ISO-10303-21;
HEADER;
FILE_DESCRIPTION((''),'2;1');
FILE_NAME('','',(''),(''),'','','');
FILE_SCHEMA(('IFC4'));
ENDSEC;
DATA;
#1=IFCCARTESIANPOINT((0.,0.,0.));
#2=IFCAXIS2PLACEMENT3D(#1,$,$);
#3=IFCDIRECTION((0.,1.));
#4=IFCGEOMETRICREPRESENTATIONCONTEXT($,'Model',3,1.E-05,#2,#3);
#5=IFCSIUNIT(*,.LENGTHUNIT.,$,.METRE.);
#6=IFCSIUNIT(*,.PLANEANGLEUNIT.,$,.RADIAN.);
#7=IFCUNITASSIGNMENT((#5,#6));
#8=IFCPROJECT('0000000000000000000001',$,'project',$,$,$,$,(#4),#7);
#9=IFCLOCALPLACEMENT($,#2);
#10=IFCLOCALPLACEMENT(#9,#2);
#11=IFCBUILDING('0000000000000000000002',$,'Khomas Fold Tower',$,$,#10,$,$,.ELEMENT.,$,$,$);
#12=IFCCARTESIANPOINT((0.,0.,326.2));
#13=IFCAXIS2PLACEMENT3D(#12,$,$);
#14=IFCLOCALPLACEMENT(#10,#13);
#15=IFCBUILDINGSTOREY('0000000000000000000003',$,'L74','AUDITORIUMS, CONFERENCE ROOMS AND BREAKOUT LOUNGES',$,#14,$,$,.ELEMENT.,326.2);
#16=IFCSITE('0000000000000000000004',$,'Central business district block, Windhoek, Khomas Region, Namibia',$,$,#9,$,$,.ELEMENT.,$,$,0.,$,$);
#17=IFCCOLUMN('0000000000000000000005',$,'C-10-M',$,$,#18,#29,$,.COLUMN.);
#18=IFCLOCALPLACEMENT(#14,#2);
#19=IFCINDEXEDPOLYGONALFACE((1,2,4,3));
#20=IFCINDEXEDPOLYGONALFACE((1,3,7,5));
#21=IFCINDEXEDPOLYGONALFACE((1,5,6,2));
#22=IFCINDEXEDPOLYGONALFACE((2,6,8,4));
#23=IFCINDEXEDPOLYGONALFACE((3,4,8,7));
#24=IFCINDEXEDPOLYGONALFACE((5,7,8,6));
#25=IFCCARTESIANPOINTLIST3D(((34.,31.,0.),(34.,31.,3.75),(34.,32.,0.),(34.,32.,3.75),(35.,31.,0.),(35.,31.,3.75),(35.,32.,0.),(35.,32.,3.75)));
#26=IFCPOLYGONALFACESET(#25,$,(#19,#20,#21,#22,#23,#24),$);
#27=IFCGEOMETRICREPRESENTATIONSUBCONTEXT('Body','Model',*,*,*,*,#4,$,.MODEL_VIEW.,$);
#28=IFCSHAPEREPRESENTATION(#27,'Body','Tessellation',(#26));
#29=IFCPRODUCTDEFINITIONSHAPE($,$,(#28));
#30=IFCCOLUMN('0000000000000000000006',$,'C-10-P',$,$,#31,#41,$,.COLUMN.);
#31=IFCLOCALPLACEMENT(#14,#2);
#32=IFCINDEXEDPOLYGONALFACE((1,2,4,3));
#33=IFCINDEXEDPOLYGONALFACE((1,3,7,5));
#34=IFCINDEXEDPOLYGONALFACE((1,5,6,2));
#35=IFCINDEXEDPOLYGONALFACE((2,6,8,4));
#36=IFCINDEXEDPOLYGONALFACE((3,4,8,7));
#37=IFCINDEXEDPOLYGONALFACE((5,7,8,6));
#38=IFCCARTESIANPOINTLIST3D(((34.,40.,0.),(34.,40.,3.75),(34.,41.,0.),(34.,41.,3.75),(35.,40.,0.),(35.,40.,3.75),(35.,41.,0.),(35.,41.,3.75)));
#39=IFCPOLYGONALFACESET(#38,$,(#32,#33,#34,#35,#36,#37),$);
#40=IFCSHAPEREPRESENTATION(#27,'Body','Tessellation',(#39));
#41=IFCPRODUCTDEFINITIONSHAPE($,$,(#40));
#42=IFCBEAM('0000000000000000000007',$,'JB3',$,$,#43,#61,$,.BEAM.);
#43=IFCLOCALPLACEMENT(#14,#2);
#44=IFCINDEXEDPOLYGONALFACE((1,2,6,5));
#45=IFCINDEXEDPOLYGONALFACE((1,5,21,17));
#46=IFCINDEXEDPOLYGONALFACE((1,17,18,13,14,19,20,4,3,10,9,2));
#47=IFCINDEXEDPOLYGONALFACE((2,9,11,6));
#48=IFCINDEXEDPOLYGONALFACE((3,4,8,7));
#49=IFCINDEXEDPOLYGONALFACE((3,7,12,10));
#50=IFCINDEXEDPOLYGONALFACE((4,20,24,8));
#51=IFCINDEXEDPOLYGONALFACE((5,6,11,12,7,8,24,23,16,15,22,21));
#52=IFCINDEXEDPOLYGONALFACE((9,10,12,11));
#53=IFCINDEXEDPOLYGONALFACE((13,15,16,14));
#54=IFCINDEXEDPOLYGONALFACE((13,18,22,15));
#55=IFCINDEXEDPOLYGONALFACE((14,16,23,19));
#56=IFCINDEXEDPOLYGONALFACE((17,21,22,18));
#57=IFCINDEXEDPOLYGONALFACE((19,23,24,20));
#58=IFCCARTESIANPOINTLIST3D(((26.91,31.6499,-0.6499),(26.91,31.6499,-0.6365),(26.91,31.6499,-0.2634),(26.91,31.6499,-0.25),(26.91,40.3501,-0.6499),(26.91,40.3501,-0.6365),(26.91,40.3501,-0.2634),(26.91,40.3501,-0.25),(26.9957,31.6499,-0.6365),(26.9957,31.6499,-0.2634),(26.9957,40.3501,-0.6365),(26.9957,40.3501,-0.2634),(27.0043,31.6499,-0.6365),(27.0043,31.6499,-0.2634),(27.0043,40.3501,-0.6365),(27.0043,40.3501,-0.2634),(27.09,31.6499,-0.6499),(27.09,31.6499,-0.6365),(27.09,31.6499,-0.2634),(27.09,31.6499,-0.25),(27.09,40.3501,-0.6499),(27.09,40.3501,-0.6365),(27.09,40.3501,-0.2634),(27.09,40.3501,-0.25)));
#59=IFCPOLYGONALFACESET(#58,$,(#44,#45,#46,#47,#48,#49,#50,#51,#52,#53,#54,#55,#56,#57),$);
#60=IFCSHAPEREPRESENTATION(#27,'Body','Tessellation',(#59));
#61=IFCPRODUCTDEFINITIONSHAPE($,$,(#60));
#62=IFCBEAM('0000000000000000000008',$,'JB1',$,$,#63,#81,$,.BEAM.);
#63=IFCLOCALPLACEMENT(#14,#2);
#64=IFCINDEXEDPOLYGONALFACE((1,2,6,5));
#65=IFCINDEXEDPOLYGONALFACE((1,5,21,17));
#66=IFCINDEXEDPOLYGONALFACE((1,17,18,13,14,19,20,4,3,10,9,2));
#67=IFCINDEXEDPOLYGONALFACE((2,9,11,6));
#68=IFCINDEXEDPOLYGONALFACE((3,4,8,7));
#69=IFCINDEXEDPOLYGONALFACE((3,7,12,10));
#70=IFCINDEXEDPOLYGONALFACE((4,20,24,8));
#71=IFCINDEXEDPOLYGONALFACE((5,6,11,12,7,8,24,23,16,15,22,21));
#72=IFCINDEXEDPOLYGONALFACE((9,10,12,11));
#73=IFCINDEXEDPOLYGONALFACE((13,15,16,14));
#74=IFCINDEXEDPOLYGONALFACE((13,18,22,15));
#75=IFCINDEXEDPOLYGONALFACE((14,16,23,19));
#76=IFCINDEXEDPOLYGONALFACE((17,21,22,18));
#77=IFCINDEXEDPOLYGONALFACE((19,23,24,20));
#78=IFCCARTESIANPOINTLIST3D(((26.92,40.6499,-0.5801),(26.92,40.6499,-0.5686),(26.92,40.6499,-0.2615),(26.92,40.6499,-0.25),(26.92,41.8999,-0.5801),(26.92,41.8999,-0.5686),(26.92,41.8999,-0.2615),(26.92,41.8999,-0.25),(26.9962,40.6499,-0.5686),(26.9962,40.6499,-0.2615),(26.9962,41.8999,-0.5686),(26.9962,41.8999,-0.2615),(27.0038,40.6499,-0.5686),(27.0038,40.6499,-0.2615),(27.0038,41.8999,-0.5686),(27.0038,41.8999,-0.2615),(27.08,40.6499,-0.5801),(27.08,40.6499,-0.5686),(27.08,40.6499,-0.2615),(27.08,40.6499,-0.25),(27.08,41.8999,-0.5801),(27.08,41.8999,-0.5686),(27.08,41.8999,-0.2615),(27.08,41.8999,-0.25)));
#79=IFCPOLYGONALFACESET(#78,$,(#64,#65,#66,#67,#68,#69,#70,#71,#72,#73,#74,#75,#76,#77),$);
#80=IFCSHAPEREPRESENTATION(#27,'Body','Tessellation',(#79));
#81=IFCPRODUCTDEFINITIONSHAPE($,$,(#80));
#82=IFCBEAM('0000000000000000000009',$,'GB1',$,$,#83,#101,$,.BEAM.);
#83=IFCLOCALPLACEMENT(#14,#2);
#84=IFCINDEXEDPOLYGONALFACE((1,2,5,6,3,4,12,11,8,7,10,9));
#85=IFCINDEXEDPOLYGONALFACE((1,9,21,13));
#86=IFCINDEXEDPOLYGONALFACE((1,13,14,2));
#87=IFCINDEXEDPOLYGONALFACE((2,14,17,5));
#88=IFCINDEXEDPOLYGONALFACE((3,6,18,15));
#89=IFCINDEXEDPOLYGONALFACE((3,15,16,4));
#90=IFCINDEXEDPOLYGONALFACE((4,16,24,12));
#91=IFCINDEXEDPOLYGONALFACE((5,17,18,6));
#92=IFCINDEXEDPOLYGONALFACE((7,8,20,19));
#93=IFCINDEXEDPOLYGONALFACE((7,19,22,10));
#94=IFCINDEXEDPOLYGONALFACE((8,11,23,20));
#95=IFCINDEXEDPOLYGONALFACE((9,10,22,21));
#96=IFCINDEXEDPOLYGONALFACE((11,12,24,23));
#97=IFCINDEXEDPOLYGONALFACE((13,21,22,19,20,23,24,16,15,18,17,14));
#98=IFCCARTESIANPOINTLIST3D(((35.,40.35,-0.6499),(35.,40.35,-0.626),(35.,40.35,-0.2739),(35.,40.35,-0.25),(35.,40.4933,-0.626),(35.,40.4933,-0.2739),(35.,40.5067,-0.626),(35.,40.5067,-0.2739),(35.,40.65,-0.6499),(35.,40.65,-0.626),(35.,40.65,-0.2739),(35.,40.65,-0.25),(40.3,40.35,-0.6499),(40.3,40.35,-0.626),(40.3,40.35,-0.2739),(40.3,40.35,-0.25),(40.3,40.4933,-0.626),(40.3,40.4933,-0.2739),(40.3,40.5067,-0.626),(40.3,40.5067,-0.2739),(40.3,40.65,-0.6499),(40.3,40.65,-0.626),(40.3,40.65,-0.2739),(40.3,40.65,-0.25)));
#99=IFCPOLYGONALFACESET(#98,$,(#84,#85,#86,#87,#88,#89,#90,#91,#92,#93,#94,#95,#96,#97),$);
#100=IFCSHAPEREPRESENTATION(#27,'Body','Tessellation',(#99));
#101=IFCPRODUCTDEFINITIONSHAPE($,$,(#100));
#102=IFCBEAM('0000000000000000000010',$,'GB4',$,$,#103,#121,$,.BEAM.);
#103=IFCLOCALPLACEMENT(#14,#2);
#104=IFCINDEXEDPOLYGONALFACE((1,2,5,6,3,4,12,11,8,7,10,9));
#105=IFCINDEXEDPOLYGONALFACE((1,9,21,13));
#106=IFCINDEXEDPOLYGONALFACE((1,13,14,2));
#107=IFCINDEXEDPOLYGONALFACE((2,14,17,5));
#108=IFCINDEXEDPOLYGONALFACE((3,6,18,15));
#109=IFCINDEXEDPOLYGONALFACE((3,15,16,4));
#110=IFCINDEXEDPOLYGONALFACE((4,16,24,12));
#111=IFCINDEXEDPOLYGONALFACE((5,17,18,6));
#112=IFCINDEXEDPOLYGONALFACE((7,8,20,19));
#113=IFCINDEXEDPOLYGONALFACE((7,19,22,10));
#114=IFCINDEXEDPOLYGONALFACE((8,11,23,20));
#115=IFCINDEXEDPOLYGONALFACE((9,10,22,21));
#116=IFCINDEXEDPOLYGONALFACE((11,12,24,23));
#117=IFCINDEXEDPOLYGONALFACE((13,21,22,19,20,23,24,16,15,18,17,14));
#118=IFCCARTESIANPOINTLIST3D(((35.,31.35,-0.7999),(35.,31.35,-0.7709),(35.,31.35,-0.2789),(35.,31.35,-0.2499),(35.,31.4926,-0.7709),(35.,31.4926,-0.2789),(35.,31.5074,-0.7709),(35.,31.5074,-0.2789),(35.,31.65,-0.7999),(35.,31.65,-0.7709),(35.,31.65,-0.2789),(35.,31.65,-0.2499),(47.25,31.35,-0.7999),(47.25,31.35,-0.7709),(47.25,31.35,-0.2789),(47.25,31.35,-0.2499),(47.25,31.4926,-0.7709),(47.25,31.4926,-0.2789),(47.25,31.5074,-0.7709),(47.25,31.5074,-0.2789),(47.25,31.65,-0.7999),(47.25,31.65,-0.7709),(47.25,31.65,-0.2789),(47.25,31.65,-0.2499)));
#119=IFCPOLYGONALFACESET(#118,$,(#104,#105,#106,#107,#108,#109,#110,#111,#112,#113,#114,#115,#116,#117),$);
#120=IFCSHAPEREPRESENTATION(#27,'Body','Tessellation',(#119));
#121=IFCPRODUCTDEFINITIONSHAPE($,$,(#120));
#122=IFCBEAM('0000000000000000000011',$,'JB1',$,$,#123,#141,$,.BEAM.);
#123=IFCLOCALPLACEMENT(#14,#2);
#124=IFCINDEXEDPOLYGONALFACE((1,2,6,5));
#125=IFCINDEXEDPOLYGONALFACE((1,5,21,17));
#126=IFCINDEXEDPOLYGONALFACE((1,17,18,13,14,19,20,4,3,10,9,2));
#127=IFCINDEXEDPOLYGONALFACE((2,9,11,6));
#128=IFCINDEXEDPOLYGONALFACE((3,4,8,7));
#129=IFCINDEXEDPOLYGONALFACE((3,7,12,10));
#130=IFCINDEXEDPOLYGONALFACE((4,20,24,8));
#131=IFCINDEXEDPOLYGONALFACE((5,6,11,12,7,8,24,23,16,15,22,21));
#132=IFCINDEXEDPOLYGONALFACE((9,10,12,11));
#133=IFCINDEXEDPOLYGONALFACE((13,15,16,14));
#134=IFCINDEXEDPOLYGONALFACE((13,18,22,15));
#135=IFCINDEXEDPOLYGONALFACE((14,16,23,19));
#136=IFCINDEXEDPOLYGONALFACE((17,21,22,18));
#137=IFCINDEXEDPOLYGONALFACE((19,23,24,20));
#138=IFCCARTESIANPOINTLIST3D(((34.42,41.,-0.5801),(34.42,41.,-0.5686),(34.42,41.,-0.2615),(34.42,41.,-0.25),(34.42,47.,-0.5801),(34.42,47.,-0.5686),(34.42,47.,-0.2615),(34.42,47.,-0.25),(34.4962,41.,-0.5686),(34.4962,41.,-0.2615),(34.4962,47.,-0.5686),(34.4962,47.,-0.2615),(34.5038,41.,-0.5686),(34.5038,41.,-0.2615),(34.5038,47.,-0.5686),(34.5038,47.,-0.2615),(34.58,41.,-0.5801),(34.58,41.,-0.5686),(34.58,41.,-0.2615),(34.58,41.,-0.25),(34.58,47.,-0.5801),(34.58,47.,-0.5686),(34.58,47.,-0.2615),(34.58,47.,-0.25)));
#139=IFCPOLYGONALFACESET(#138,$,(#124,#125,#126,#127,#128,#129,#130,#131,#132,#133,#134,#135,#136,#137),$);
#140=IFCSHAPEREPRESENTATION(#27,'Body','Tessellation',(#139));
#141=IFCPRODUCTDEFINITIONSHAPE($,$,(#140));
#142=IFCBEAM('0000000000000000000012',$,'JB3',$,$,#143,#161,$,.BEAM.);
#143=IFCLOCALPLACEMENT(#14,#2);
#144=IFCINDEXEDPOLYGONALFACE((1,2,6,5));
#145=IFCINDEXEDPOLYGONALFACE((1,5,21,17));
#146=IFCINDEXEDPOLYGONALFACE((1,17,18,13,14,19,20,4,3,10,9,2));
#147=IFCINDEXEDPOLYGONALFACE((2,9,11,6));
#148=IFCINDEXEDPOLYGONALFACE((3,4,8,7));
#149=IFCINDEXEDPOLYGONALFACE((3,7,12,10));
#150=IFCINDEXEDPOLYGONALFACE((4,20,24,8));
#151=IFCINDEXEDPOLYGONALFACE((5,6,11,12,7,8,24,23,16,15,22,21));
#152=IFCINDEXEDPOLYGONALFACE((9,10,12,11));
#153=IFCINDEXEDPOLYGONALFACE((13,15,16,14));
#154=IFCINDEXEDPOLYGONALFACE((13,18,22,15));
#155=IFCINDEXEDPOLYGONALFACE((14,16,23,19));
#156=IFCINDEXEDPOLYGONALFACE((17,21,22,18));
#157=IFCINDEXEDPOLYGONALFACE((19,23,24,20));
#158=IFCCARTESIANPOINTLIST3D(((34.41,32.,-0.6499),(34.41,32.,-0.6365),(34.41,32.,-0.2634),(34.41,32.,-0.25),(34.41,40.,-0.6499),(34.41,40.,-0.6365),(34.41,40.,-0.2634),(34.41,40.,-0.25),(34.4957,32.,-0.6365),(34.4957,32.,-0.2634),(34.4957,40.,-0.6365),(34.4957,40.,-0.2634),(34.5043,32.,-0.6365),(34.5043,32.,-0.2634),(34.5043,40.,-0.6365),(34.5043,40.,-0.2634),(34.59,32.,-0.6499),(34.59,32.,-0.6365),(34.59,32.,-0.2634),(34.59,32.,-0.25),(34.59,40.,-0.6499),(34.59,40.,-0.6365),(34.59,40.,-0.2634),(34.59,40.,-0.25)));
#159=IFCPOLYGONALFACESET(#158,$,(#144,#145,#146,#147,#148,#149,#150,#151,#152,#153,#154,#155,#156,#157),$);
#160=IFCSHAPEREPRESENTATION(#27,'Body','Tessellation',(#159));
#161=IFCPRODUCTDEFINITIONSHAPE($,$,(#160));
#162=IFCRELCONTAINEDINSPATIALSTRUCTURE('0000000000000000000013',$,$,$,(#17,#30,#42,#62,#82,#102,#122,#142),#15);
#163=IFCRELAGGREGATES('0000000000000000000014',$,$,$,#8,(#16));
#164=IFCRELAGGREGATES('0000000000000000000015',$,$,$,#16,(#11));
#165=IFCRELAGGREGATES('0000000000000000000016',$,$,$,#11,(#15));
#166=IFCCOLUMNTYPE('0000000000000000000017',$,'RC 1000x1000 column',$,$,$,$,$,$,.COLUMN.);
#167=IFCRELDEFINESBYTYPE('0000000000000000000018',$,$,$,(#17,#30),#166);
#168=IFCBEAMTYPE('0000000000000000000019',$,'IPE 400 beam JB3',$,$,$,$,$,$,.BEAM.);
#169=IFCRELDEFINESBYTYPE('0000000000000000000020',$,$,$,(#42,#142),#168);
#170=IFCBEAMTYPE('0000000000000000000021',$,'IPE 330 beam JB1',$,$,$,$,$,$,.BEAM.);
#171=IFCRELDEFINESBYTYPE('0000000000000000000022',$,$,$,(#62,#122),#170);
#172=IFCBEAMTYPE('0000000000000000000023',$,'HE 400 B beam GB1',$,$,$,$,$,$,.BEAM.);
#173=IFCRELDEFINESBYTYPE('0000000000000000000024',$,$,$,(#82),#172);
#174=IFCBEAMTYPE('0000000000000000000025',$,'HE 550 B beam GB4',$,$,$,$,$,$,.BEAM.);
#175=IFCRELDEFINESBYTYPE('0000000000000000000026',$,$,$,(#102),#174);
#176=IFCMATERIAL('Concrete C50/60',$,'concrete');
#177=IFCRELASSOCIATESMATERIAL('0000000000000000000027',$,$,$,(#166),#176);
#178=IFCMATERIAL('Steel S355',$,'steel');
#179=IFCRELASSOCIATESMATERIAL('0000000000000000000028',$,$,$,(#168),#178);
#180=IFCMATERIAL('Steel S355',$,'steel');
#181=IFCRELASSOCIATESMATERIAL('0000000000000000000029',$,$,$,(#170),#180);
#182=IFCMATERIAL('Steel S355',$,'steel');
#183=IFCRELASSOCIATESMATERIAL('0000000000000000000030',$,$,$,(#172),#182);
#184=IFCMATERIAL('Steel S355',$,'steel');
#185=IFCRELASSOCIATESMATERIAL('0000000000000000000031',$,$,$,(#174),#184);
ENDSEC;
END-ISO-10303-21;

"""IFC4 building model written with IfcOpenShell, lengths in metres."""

from ifc_helpers import new_model, si_unit, direction, frame, origin, origin_2d, place, context, subcontext, project, spatial, rectangle, i_section, extrude, source, transform, mapped, material, material_profile, profile_set, type_object, element, save


model = new_model("IFC4")

# Units and contexts
model_context = context("Model", 3, precision=1e-05, world=origin(), true_north=direction((0.0, 1.0)))
body_context = subcontext(model_context, "Body", "Model", "MODEL_VIEW")
ifc_project = project(units=[si_unit("LENGTHUNIT", "METRE"), si_unit("PLANEANGLEUNIT", "RADIAN")], contexts=[model_context])

# Site, building, storey
site_placement = place(None, origin())
site = spatial("IfcSite", under=ifc_project, at=site_placement, Name="Central business district block, Windhoek, Khomas Region, Namibia", CompositionType="ELEMENT", RefElevation=0.0)
building_placement = place(site_placement, origin())
building = spatial("IfcBuilding", under=site, at=building_placement, Name="Khomas Fold Tower", CompositionType="ELEMENT")
storey_placement = place(building_placement, frame((0.0, 0.0, 326.2)))
storey = spatial("IfcBuildingStorey", under=building, at=storey_placement, Name="L74", Description="AUDITORIUMS, CONFERENCE ROOMS AND BREAKOUT LOUNGES", CompositionType="ELEMENT", Elevation=326.2)

# Columns
ifc_material_1 = material(Name="Concrete C50/60", Category="concrete")
ifc_material_profile_1 = material_profile(ifc_material_1, rectangle(XDim=1.0, YDim=1.0, at=origin_2d()), Name="RC 1000x1000")
ifc_profile_set_1 = profile_set([ifc_material_profile_1], Name="Concrete C50/60")
column_type = type_object("IfcColumnType", Name="RC 1000x1000 column", PredefinedType="COLUMN", material=ifc_profile_set_1)
shared_shape_1 = source(origin(), body_context, "Body", "SweptSolid", [
    extrude(rectangle(XDim=1.0, YDim=1.0, at=origin_2d()), origin(), (0.0, 0.0, 1.0), 3.75),
])
for number, where, z_axis, x_axis, name in (
    (1, (34.5, 31.5, 0.0), (0.0, 0.0, 1.0), (1.0, 0.0, 0.0), "C-10-M"),
    (2, (34.5, 40.5, 0.0), (0.0, 0.0, 1.0), (1.0, 0.0, 0.0), "C-10-P"),
):
    element("IfcColumn", number, at=place(storey_placement, frame(where, z_axis=z_axis, x_axis=x_axis)), inside=storey, type_object=column_type, Name=name, PredefinedType="COLUMN", context=body_context, shape_type="MappedRepresentation", body=[
        mapped(shared_shape_1, transform((0.0, 0.0, 0.0))),
    ])

# Beams
ifc_material_2 = material(Name="Steel S355", Category="steel")
ifc_material_profile_2 = material_profile(ifc_material_2, i_section(OverallWidth=0.1799, OverallDepth=0.3999, WebThickness=0.0085, FlangeThickness=0.0134, at=origin_2d()), Name="IPE 400")
ifc_profile_set_2 = profile_set([ifc_material_profile_2], Name="Steel S355")
beam_type_1 = type_object("IfcBeamType", Name="IPE 400 beam JB3", PredefinedType="BEAM", material=ifc_profile_set_2)
shared_shape_2 = source(origin(), body_context, "Body", "SweptSolid", [
    extrude(i_section(OverallWidth=0.1799, OverallDepth=0.3999, WebThickness=0.0085, FlangeThickness=0.0134, at=origin_2d()), origin(), (0.0, 0.0, 1.0), 8.7002),
])
beam_1_placement = place(storey_placement, frame((27.0, 31.6499, -0.45), z_axis=(0.0, 1.0, 0.0), x_axis=(-1.0, 0.0, 0.0)))
element("IfcBeam", 3, at=beam_1_placement, inside=storey, type_object=beam_type_1, Name="JB3", PredefinedType="BEAM", context=body_context, shape_type="MappedRepresentation", body=[
    mapped(shared_shape_2, transform((0.0, 0.0, 0.0))),
])
ifc_material_3 = material(Name="Steel S355", Category="steel")
ifc_material_profile_3 = material_profile(ifc_material_3, i_section(OverallWidth=0.1599, OverallDepth=0.3301, WebThickness=0.0076, FlangeThickness=0.0115, at=origin_2d()), Name="IPE 330")
ifc_profile_set_3 = profile_set([ifc_material_profile_3], Name="Steel S355")
beam_type_2 = type_object("IfcBeamType", Name="IPE 330 beam JB1", PredefinedType="BEAM", material=ifc_profile_set_3)
shared_shape_3 = source(origin(), body_context, "Body", "SweptSolid", [
    extrude(i_section(OverallWidth=0.1599, OverallDepth=0.3301, WebThickness=0.0076, FlangeThickness=0.0115, at=origin_2d()), origin(), (0.0, 0.0, 1.0), 1.25),
])
beam_2_placement = place(storey_placement, frame((27.0, 40.6499, -0.415), z_axis=(0.0, 1.0, 0.0), x_axis=(-1.0, 0.0, 0.0)))
element("IfcBeam", 4, at=beam_2_placement, inside=storey, type_object=beam_type_2, Name="JB1", PredefinedType="BEAM", context=body_context, shape_type="MappedRepresentation", body=[
    mapped(shared_shape_3, transform((0.0, 0.0, 0.0))),
])
ifc_material_4 = material(Name="Steel S355", Category="steel")
ifc_material_profile_4 = material_profile(ifc_material_4, i_section(OverallWidth=0.3, OverallDepth=0.3999, WebThickness=0.0134, FlangeThickness=0.0239, at=origin_2d()), Name="HE 400 B")
ifc_profile_set_4 = profile_set([ifc_material_profile_4], Name="Steel S355")
beam_type_3 = type_object("IfcBeamType", Name="HE 400 B beam GB1", PredefinedType="BEAM", material=ifc_profile_set_4)
shared_shape_4 = source(origin(), body_context, "Body", "SweptSolid", [
    extrude(i_section(OverallWidth=0.3, OverallDepth=0.3999, WebThickness=0.0134, FlangeThickness=0.0239, at=origin_2d()), origin(), (0.0, 0.0, 1.0), 5.3),
])
beam_3_placement = place(storey_placement, frame((35.0, 40.5, -0.45), z_axis=(1.0, 0.0, 0.0), x_axis=(0.0, 1.0, 0.0)))
element("IfcBeam", 5, at=beam_3_placement, inside=storey, type_object=beam_type_3, Name="GB1", PredefinedType="BEAM", context=body_context, shape_type="MappedRepresentation", body=[
    mapped(shared_shape_4, transform((0.0, 0.0, 0.0))),
])
ifc_material_5 = material(Name="Steel S355", Category="steel")
ifc_material_profile_5 = material_profile(ifc_material_5, i_section(OverallWidth=0.3, OverallDepth=0.55, WebThickness=0.0149, FlangeThickness=0.0291, at=origin_2d()), Name="HE 550 B")
ifc_profile_set_5 = profile_set([ifc_material_profile_5], Name="Steel S355")
beam_type_4 = type_object("IfcBeamType", Name="HE 550 B beam GB4", PredefinedType="BEAM", material=ifc_profile_set_5)
shared_shape_5 = source(origin(), body_context, "Body", "SweptSolid", [
    extrude(i_section(OverallWidth=0.3, OverallDepth=0.55, WebThickness=0.0149, FlangeThickness=0.0291, at=origin_2d()), origin(), (0.0, 0.0, 1.0), 12.25),
])
beam_4_placement = place(storey_placement, frame((35.0, 31.5, -0.5249), z_axis=(1.0, 0.0, 0.0), x_axis=(0.0, 1.0, 0.0)))
element("IfcBeam", 6, at=beam_4_placement, inside=storey, type_object=beam_type_4, Name="GB4", PredefinedType="BEAM", context=body_context, shape_type="MappedRepresentation", body=[
    mapped(shared_shape_5, transform((0.0, 0.0, 0.0))),
])
shared_shape_6 = source(origin(), body_context, "Body", "SweptSolid", [
    extrude(i_section(OverallWidth=0.1599, OverallDepth=0.3301, WebThickness=0.0076, FlangeThickness=0.0115, at=origin_2d()), origin(), (0.0, 0.0, 1.0), 6.0),
])
beam_5_placement = place(storey_placement, frame((34.5, 41.0, -0.415), z_axis=(0.0, 1.0, 0.0), x_axis=(-1.0, 0.0, 0.0)))
element("IfcBeam", 7, at=beam_5_placement, inside=storey, type_object=beam_type_2, Name="JB1", PredefinedType="BEAM", context=body_context, shape_type="MappedRepresentation", body=[
    mapped(shared_shape_6, transform((0.0, 0.0, 0.0))),
])
shared_shape_7 = source(origin(), body_context, "Body", "SweptSolid", [
    extrude(i_section(OverallWidth=0.1799, OverallDepth=0.3999, WebThickness=0.0085, FlangeThickness=0.0134, at=origin_2d()), origin(), (0.0, 0.0, 1.0), 8.0),
])
beam_6_placement = place(storey_placement, frame((34.5, 32.0, -0.45), z_axis=(0.0, 1.0, 0.0), x_axis=(-1.0, 0.0, 0.0)))
element("IfcBeam", 8, at=beam_6_placement, inside=storey, type_object=beam_type_1, Name="JB3", PredefinedType="BEAM", context=body_context, shape_type="MappedRepresentation", body=[
    mapped(shared_shape_7, transform((0.0, 0.0, 0.0))),
])

save(model, "model.ifc")
